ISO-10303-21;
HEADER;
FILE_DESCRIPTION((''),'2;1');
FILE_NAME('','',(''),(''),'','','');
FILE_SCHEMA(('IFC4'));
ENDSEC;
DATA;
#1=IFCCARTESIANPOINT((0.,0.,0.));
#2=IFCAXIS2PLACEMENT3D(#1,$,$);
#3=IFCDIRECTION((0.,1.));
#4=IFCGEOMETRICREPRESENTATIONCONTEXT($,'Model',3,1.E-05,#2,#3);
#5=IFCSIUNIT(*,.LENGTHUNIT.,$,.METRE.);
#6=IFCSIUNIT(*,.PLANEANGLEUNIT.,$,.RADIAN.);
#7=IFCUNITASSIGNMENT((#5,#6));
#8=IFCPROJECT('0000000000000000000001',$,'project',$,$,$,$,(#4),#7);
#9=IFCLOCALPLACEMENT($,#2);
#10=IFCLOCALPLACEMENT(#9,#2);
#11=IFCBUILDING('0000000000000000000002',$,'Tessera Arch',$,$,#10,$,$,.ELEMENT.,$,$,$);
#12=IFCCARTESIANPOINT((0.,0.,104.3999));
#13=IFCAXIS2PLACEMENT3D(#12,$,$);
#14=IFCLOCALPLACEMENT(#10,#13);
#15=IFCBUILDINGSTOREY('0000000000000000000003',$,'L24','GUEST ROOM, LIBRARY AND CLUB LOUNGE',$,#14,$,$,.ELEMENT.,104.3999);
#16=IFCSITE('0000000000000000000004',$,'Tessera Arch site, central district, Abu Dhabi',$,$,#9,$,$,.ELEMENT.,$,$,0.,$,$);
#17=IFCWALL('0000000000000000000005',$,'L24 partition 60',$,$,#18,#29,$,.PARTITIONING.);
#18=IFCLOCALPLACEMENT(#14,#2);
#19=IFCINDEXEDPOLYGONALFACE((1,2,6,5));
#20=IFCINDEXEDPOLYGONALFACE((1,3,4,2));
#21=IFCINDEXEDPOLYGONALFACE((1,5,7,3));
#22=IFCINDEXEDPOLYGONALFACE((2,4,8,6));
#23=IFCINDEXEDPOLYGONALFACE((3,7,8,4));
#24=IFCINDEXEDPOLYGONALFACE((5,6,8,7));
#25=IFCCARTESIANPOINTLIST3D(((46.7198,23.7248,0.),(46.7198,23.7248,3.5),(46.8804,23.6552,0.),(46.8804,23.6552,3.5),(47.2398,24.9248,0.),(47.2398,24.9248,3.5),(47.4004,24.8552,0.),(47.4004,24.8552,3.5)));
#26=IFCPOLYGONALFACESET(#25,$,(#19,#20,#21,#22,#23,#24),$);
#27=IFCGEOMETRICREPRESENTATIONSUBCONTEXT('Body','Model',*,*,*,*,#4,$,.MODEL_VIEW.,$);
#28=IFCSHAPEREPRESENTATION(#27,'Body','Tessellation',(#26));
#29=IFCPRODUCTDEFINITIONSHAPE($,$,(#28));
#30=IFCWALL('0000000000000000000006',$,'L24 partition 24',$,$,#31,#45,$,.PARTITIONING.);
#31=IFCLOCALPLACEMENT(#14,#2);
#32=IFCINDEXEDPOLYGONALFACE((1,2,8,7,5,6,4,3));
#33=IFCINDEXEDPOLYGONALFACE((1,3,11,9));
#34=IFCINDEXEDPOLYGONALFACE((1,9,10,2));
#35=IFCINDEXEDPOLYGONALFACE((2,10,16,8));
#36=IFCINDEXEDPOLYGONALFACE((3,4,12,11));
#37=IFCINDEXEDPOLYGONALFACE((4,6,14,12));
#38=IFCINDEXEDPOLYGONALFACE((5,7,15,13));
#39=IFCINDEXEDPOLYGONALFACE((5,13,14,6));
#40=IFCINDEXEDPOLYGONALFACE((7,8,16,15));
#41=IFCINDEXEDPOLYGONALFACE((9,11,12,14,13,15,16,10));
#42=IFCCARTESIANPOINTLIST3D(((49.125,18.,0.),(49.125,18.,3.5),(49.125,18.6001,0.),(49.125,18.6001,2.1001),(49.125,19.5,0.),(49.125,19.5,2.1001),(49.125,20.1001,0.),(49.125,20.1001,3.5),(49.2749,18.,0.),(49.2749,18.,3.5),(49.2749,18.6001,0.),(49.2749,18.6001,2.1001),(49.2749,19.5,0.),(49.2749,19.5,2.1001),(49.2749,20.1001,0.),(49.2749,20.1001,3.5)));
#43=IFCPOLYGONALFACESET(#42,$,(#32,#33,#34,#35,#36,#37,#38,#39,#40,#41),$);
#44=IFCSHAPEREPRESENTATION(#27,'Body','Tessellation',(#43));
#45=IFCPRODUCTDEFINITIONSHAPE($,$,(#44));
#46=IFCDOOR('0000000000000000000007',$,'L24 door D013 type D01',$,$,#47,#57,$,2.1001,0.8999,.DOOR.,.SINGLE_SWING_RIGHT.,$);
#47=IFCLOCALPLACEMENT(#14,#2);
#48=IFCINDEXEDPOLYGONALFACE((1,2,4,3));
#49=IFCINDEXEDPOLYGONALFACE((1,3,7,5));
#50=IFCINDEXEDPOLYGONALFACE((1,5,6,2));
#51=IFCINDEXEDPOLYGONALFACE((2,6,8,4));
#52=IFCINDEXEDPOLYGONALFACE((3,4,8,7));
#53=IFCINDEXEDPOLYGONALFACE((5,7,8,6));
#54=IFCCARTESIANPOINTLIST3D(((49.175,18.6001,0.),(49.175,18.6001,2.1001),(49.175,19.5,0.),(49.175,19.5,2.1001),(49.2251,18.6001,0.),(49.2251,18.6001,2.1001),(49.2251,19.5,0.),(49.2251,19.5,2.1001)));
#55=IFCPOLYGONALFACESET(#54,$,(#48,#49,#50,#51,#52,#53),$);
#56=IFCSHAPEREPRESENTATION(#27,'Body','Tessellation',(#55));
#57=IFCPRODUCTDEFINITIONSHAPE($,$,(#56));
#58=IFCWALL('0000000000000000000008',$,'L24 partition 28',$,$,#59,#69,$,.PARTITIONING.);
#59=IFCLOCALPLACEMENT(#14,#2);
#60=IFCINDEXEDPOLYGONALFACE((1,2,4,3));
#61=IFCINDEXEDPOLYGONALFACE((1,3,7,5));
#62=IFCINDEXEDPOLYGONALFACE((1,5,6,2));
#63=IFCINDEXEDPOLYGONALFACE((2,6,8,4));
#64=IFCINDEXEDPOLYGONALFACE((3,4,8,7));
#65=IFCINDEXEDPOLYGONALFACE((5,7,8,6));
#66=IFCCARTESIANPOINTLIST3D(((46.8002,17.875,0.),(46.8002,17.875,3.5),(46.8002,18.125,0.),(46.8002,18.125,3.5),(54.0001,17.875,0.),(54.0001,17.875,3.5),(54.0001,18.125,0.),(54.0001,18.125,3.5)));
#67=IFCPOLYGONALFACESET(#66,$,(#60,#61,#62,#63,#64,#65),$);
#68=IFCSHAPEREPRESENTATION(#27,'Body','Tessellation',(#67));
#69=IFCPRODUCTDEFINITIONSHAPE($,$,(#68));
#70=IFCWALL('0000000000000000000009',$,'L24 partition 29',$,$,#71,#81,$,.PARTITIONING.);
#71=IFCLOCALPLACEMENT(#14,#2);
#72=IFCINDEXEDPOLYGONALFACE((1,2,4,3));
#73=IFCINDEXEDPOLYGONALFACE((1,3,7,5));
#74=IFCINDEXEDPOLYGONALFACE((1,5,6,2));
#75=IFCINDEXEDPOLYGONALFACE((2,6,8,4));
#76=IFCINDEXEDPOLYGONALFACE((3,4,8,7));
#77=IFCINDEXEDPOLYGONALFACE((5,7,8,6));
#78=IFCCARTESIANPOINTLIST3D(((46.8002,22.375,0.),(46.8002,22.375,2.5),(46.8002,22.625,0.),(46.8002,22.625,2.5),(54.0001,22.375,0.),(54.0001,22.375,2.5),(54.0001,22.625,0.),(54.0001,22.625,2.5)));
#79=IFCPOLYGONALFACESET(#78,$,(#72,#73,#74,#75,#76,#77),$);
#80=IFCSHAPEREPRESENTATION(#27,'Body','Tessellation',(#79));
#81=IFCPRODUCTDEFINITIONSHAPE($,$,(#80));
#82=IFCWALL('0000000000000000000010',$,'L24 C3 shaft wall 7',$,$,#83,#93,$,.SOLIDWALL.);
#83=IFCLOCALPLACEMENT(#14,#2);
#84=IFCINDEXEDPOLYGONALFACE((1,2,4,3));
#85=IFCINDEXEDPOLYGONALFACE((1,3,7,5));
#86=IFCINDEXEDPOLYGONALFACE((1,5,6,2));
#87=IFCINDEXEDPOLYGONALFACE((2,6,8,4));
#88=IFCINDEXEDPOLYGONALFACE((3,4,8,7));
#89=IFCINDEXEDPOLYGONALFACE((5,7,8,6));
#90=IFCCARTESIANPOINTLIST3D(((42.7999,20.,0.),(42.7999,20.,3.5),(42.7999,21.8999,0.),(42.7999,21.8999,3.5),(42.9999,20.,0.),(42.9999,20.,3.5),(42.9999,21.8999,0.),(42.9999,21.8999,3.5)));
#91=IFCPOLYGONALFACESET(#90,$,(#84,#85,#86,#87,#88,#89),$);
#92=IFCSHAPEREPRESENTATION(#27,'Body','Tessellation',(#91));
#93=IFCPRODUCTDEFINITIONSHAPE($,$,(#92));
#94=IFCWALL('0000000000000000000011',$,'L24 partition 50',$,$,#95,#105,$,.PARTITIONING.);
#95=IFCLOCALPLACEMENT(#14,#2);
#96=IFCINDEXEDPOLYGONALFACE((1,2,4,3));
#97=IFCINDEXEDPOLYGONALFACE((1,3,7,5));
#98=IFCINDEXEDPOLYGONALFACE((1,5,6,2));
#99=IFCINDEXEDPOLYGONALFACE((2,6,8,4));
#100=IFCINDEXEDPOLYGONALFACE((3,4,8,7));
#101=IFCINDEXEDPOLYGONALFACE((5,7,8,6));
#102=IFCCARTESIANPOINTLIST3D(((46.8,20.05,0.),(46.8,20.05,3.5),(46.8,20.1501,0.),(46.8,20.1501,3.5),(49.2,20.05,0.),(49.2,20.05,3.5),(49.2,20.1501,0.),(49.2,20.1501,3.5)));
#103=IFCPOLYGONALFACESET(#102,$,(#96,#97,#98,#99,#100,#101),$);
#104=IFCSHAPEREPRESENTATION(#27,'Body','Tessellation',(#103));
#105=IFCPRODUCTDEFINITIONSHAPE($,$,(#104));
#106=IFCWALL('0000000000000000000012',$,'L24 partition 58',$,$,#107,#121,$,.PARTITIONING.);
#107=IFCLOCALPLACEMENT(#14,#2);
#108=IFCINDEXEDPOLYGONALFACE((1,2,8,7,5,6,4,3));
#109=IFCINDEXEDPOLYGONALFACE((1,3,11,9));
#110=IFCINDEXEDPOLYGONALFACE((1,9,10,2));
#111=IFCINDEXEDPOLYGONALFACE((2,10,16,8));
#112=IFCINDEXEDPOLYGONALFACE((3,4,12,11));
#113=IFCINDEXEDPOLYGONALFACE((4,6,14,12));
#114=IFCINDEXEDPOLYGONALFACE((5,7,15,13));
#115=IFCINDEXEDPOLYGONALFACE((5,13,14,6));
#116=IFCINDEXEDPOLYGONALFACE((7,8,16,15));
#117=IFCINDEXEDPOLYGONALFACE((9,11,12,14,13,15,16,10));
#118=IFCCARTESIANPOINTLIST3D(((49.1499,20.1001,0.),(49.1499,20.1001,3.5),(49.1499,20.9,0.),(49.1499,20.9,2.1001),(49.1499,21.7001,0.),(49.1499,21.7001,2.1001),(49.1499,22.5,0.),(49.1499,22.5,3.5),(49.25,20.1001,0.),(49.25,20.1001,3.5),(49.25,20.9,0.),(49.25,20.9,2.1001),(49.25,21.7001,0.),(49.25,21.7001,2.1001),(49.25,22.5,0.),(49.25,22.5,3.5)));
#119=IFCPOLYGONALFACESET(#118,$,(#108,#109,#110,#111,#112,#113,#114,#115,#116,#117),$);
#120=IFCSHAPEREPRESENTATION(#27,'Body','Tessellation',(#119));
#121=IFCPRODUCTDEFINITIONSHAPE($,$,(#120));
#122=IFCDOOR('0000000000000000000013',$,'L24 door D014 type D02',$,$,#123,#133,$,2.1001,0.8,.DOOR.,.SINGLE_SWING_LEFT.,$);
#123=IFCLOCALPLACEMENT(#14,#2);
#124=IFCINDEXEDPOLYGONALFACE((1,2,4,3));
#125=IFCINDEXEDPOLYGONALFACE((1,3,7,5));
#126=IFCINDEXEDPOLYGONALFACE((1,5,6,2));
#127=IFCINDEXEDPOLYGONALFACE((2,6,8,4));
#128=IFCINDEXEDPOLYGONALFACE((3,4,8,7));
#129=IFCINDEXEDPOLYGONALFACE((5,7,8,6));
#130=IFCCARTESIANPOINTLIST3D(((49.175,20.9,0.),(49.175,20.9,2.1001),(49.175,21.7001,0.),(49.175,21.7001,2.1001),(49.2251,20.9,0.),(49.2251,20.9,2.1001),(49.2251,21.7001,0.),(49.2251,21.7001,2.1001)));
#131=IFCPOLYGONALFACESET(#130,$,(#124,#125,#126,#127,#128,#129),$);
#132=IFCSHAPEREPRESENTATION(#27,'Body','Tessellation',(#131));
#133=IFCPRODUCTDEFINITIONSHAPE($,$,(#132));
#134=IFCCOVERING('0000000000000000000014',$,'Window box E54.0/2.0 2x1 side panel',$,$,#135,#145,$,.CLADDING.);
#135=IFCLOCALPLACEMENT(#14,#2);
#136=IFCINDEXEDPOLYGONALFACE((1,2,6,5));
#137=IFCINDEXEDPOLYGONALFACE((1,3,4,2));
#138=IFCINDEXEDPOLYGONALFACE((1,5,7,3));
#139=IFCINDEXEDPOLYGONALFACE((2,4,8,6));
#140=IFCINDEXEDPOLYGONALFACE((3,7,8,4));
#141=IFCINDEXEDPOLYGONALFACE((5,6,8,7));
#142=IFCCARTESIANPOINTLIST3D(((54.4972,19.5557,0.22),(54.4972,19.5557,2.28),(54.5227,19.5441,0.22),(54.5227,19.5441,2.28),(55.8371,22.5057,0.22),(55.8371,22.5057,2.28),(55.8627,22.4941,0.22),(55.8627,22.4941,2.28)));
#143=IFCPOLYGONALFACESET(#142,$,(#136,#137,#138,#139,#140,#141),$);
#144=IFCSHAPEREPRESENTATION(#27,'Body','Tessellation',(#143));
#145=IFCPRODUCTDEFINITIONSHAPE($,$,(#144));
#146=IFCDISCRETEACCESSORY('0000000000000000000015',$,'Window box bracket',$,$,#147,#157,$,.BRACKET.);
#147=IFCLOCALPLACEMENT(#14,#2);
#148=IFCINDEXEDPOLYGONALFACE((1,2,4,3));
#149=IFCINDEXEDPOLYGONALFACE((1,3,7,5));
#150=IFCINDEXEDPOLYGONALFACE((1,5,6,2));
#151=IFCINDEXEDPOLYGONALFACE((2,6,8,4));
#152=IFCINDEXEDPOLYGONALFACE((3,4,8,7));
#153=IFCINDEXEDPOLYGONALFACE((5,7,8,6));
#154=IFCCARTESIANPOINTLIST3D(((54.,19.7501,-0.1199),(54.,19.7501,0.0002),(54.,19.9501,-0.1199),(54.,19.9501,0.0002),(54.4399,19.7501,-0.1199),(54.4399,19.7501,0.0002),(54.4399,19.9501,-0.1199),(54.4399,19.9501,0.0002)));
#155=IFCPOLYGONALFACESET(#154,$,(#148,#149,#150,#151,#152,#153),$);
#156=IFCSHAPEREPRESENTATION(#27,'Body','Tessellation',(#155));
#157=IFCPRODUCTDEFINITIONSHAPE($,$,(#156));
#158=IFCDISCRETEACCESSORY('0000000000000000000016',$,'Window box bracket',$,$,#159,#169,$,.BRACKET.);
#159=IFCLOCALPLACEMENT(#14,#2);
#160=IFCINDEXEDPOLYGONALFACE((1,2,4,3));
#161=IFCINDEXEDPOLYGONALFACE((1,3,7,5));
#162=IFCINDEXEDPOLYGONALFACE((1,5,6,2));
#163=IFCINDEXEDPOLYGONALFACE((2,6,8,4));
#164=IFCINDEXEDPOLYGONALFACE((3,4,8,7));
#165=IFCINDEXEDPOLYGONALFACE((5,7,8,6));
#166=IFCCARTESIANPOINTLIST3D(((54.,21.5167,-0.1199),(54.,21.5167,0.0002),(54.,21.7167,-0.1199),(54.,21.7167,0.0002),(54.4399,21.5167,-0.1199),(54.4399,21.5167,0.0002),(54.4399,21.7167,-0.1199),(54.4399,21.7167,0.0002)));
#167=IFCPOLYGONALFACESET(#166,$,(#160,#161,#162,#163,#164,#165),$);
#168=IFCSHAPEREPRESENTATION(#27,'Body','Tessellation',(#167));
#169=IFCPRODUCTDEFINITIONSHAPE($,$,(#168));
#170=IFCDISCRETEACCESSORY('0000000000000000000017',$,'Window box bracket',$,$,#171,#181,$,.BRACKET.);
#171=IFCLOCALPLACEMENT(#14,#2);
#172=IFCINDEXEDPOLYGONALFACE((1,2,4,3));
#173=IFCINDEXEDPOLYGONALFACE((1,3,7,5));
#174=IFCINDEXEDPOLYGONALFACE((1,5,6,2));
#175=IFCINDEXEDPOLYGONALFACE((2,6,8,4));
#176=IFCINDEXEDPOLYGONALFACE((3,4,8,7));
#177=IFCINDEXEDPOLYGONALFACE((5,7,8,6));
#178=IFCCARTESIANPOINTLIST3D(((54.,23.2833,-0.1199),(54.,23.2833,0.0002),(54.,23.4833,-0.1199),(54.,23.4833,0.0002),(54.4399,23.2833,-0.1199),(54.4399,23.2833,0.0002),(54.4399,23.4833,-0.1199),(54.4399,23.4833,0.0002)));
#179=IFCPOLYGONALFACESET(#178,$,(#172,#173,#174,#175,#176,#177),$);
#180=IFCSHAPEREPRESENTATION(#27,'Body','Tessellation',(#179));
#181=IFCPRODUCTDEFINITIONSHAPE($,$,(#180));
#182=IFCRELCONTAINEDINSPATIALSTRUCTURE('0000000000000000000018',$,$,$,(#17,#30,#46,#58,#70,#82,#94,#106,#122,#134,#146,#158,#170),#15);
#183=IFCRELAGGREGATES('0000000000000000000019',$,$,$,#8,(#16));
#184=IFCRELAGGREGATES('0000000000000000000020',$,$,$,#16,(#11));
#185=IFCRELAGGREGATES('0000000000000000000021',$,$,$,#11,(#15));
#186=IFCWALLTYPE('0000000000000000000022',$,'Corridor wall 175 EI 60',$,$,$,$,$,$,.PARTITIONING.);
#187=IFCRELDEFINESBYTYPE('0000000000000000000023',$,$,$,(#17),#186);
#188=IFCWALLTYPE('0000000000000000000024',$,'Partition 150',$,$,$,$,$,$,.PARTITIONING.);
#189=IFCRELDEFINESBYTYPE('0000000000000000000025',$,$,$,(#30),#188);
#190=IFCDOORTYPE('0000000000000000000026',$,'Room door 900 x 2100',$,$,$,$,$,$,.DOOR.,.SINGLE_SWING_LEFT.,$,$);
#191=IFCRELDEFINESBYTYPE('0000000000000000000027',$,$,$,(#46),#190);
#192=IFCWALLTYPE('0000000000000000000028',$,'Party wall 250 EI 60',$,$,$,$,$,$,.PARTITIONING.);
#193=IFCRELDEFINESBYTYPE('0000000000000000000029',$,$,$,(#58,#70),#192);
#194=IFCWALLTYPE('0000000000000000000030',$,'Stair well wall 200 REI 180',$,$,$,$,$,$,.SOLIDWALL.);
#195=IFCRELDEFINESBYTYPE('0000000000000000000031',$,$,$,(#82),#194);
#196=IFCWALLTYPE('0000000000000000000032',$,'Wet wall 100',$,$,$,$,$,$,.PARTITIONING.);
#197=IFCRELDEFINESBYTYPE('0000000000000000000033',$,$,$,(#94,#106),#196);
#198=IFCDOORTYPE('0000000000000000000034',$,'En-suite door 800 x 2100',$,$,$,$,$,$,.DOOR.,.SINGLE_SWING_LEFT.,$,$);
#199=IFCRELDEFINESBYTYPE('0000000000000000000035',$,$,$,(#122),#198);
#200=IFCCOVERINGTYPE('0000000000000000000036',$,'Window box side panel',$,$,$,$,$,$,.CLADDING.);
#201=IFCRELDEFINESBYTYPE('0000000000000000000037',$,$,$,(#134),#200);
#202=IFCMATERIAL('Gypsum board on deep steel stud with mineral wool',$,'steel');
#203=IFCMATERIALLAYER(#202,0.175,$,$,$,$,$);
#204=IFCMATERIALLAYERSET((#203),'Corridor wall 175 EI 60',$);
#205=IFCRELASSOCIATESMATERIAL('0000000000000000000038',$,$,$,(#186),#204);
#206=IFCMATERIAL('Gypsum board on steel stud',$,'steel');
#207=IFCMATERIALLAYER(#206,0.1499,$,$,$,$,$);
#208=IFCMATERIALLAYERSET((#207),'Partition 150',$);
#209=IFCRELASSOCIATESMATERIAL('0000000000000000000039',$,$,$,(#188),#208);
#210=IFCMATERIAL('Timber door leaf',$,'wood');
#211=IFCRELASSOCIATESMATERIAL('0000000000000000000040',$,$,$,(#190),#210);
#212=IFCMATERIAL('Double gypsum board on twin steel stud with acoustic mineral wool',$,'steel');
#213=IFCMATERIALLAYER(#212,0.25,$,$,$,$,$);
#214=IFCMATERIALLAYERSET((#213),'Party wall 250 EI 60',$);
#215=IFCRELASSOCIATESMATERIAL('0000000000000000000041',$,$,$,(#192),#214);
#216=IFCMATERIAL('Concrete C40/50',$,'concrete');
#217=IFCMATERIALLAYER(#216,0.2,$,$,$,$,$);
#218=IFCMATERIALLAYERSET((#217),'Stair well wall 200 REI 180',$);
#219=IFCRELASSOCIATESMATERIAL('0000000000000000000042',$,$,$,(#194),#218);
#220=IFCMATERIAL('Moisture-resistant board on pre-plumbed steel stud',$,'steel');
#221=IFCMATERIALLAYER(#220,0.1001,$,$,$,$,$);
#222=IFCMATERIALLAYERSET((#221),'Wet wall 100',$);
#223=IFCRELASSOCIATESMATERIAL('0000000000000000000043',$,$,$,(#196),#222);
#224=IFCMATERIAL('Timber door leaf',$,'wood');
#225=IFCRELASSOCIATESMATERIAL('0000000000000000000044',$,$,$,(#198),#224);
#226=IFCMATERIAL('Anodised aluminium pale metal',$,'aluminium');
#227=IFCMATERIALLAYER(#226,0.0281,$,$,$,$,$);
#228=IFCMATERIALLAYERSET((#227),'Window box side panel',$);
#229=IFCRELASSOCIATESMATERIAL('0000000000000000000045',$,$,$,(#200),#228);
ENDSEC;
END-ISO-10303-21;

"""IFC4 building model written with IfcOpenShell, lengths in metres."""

from ifc_helpers import new_model, si_unit, direction, frame, frame_2d, origin, origin_2d, place, context, subcontext, project, spatial, rectangle, extrude, material, layer, layer_set, type_object, element, fill, save


model = new_model("IFC4")

# Units and contexts
model_context = context("Model", 3, precision=1e-05, world=origin(), true_north=direction((0.0, 1.0)))
body_context = subcontext(model_context, "Body", "Model", "MODEL_VIEW")
ifc_project = project(units=[si_unit("LENGTHUNIT", "METRE"), si_unit("PLANEANGLEUNIT", "RADIAN")], contexts=[model_context])

# Site, building, storey
site_placement = place(None, origin())
site = spatial("IfcSite", under=ifc_project, at=site_placement, Name="Tessera Arch site, central district, Abu Dhabi", CompositionType="ELEMENT", RefElevation=0.0)
building_placement = place(site_placement, origin())
building = spatial("IfcBuilding", under=site, at=building_placement, Name="Tessera Arch", CompositionType="ELEMENT")
storey_placement = place(building_placement, frame((0.0, 0.0, 104.3999)))
storey = spatial("IfcBuildingStorey", under=building, at=storey_placement, Name="L24", Description="GUEST ROOM, LIBRARY AND CLUB LOUNGE", CompositionType="ELEMENT", Elevation=104.3999)

# Wall
ifc_material_1 = material(Name="Gypsum board on deep steel stud with mineral wool", Category="steel")
ifc_layer_1 = layer(ifc_material_1, 0.175)
ifc_layer_set_1 = layer_set([ifc_layer_1], Name="Corridor wall 175 EI 60")
wall_type_1 = type_object("IfcWallType", Name="Corridor wall 175 EI 60", PredefinedType="PARTITIONING", material=ifc_layer_set_1)
wall_1_placement = place(storey_placement, frame((47.3201, 24.8899, 0.0), z_axis=(0.0, 0.0, 1.0), x_axis=(-0.397634, -0.917544, 0.0)))
element("IfcWall", 1, at=wall_1_placement, inside=storey, type_object=wall_type_1, Name="L24 partition 60", PredefinedType="PARTITIONING", context=body_context, shape_type="SweptSolid", body=[
    extrude(rectangle(XDim=1.3079, YDim=0.175, at=frame_2d((0.6538, 0.0))), origin(), (0.0, 0.0, 1.0), 3.5),
])

# Wall, opening, door
ifc_material_2 = material(Name="Gypsum board on steel stud", Category="steel")
ifc_layer_2 = layer(ifc_material_2, 0.1499)
ifc_layer_set_2 = layer_set([ifc_layer_2], Name="Partition 150")
wall_type_2 = type_object("IfcWallType", Name="Partition 150", PredefinedType="PARTITIONING", material=ifc_layer_set_2)
wall_2_placement = place(storey_placement, frame((49.2, 18.0, 0.0), z_axis=(0.0, 0.0, 1.0), x_axis=(0.0, 1.0, 0.0)))
wall_2 = element("IfcWall", 2, at=wall_2_placement, inside=storey, type_object=wall_type_2, Name="L24 partition 24", PredefinedType="PARTITIONING", context=body_context, shape_type="SweptSolid", body=[
    extrude(rectangle(XDim=2.1001, YDim=0.1499, at=frame_2d((1.05, 0.0))), origin(), (0.0, 0.0, 1.0), 3.5),
])
opening_1_placement = place(wall_2_placement, frame((0.6001, 0.0, 0.0)))
opening_1 = element("IfcOpeningElement", 3, at=opening_1_placement, cuts=wall_2, PredefinedType="OPENING", context=body_context, shape_type="SweptSolid", body=[
    extrude(rectangle(XDim=0.8999, YDim=2.1001, at=frame_2d((0.45, 1.05))), frame((0.0, 0.085, 0.0), z_axis=(0.0, -1.0, 0.0), x_axis=(1.0, 0.0, 0.0)), (0.0, 0.0, 1.0), 0.1699),
])
ifc_material_3 = material(Name="Timber door leaf", Category="wood")
door_type_1 = type_object("IfcDoorType", Name="Room door 900 x 2100", OperationType="SINGLE_SWING_LEFT", PredefinedType="DOOR", material=ifc_material_3)
door_1_placement = place(opening_1_placement, origin())
door_1 = element("IfcDoor", 4, at=door_1_placement, inside=storey, type_object=door_type_1, Name="L24 door D013 type D01", OperationType="SINGLE_SWING_RIGHT", OverallHeight=2.1001, OverallWidth=0.8999, PredefinedType="DOOR", context=body_context, shape_type="SweptSolid", body=[
    extrude(rectangle(XDim=0.8999, YDim=2.1001, at=frame_2d((0.45, 1.05))), frame((0.0, 0.0249, 0.0), z_axis=(0.0, -1.0, 0.0), x_axis=(1.0, 0.0, 0.0)), (0.0, 0.0, 1.0), 0.05),
])
fill(opening_1, door_1)

# Walls
ifc_material_4 = material(Name="Double gypsum board on twin steel stud with acoustic mineral wool", Category="steel")
ifc_layer_3 = layer(ifc_material_4, 0.25)
ifc_layer_set_3 = layer_set([ifc_layer_3], Name="Party wall 250 EI 60")
wall_type_3 = type_object("IfcWallType", Name="Party wall 250 EI 60", PredefinedType="PARTITIONING", material=ifc_layer_set_3)
wall_3_placement = place(storey_placement, frame((46.8, 18.0, 0.0), z_axis=(0.0, 0.0, 1.0), x_axis=(1.0, 0.0, 0.0)))
element("IfcWall", 5, at=wall_3_placement, inside=storey, type_object=wall_type_3, Name="L24 partition 28", PredefinedType="PARTITIONING", context=body_context, shape_type="SweptSolid", body=[
    extrude(rectangle(XDim=7.2, YDim=0.25, at=frame_2d((3.6001, 0.0))), origin(), (0.0, 0.0, 1.0), 3.5),
])
wall_4_placement = place(storey_placement, frame((46.8, 22.5, 0.0), z_axis=(0.0, 0.0, 1.0), x_axis=(1.0, 0.0, 0.0)))
element("IfcWall", 6, at=wall_4_placement, inside=storey, type_object=wall_type_3, Name="L24 partition 29", PredefinedType="PARTITIONING", context=body_context, shape_type="SweptSolid", body=[
    extrude(rectangle(XDim=7.2, YDim=0.25, at=frame_2d((3.6001, 0.0))), origin(), (0.0, 0.0, 1.0), 2.5),
])
ifc_material_5 = material(Name="Concrete C40/50", Category="concrete")
ifc_layer_4 = layer(ifc_material_5, 0.2)
ifc_layer_set_4 = layer_set([ifc_layer_4], Name="Stair well wall 200 REI 180")
wall_type_4 = type_object("IfcWallType", Name="Stair well wall 200 REI 180", PredefinedType="SOLIDWALL", material=ifc_layer_set_4)
wall_5_placement = place(storey_placement, frame((42.8999, 20.0, 0.0), z_axis=(0.0, 0.0, 1.0), x_axis=(0.0, 1.0, 0.0)))
element("IfcWall", 7, at=wall_5_placement, inside=storey, type_object=wall_type_4, Name="L24 C3 shaft wall 7", PredefinedType="SOLIDWALL", context=body_context, shape_type="SweptSolid", body=[
    extrude(rectangle(XDim=1.8999, YDim=0.2, at=frame_2d((0.95, 0.0))), origin(), (0.0, 0.0, 1.0), 3.5),
])
ifc_material_6 = material(Name="Moisture-resistant board on pre-plumbed steel stud", Category="steel")
ifc_layer_5 = layer(ifc_material_6, 0.1001)
ifc_layer_set_5 = layer_set([ifc_layer_5], Name="Wet wall 100")
wall_type_5 = type_object("IfcWallType", Name="Wet wall 100", PredefinedType="PARTITIONING", material=ifc_layer_set_5)
wall_6_placement = place(storey_placement, frame((46.8, 20.1001, 0.0), z_axis=(0.0, 0.0, 1.0), x_axis=(1.0, 0.0, 0.0)))
element("IfcWall", 8, at=wall_6_placement, inside=storey, type_object=wall_type_5, Name="L24 partition 50", PredefinedType="PARTITIONING", context=body_context, shape_type="SweptSolid", body=[
    extrude(rectangle(XDim=2.3999, YDim=0.1001, at=frame_2d((1.2, 0.0))), origin(), (0.0, 0.0, 1.0), 3.5),
])

# Wall, opening, door
wall_7_placement = place(storey_placement, frame((49.2, 20.1001, 0.0), z_axis=(0.0, 0.0, 1.0), x_axis=(0.0, 1.0, 0.0)))
wall_7 = element("IfcWall", 9, at=wall_7_placement, inside=storey, type_object=wall_type_5, Name="L24 partition 58", PredefinedType="PARTITIONING", context=body_context, shape_type="SweptSolid", body=[
    extrude(rectangle(XDim=2.3999, YDim=0.1001, at=frame_2d((1.2, 0.0))), origin(), (0.0, 0.0, 1.0), 3.5),
])
opening_2_placement = place(wall_7_placement, frame((0.8, 0.0, 0.0)))
opening_2 = element("IfcOpeningElement", 10, at=opening_2_placement, cuts=wall_7, PredefinedType="OPENING", context=body_context, shape_type="SweptSolid", body=[
    extrude(rectangle(XDim=0.8, YDim=2.1001, at=frame_2d((0.3999, 1.05))), frame((0.0, 0.0601, 0.0), z_axis=(0.0, -1.0, 0.0), x_axis=(1.0, 0.0, 0.0)), (0.0, 0.0, 1.0), 0.1201),
])
ifc_material_7 = material(Name="Timber door leaf", Category="wood")
door_type_2 = type_object("IfcDoorType", Name="En-suite door 800 x 2100", OperationType="SINGLE_SWING_LEFT", PredefinedType="DOOR", material=ifc_material_7)
door_2_placement = place(opening_2_placement, origin())
door_2 = element("IfcDoor", 11, at=door_2_placement, inside=storey, type_object=door_type_2, Name="L24 door D014 type D02", OperationType="SINGLE_SWING_LEFT", OverallHeight=2.1001, OverallWidth=0.8, PredefinedType="DOOR", context=body_context, shape_type="SweptSolid", body=[
    extrude(rectangle(XDim=0.8, YDim=2.1001, at=frame_2d((0.3999, 1.05))), frame((0.0, 0.0249, 0.0), z_axis=(0.0, -1.0, 0.0), x_axis=(1.0, 0.0, 0.0)), (0.0, 0.0, 1.0), 0.05),
])
fill(opening_2, door_2)

# Covering
ifc_material_8 = material(Name="Anodised aluminium pale metal", Category="aluminium")
ifc_layer_6 = layer(ifc_material_8, 0.0281)
ifc_layer_set_6 = layer_set([ifc_layer_6], Name="Window box side panel")
covering_type = type_object("IfcCoveringType", Name="Window box side panel", PredefinedType="CLADDING", material=ifc_layer_set_6)
covering_placement = place(storey_placement, frame((55.1799, 21.0249, 0.22), z_axis=(0.0, 0.0, 1.0), x_axis=(0.41357, 0.910472, 0.0)))
element("IfcCovering", 12, at=covering_placement, inside=storey, type_object=covering_type, Name="Window box E54.0/2.0 2x1 side panel", PredefinedType="CLADDING", context=body_context, shape_type="SweptSolid", body=[
    extrude(rectangle(XDim=3.24, YDim=0.0281, at=origin_2d()), origin(), (0.0, 0.0, 1.0), 2.0601),
])

# Discrete accessories
for number, where, z_axis, x_axis, name in (
    (13, (54.22, 19.8501, -0.1199), (0.0, 0.0, 1.0), (1.0, 0.0, 0.0), "Window box bracket"),
    (14, (54.22, 21.6167, -0.1199), (0.0, 0.0, 1.0), (1.0, 0.0, 0.0), "Window box bracket"),
    (15, (54.22, 23.3833, -0.1199), (0.0, 0.0, 1.0), (1.0, 0.0, 0.0), "Window box bracket"),
):
    element("IfcDiscreteAccessory", number, at=place(storey_placement, frame(where, z_axis=z_axis, x_axis=x_axis)), inside=storey, Name=name, PredefinedType="BRACKET", context=body_context, shape_type="SweptSolid", body=[
        extrude(rectangle(XDim=0.4399, YDim=0.2, at=origin_2d()), origin(), (0.0, 0.0, 1.0), 0.1201),
    ])

save(model, "model.ifc")
